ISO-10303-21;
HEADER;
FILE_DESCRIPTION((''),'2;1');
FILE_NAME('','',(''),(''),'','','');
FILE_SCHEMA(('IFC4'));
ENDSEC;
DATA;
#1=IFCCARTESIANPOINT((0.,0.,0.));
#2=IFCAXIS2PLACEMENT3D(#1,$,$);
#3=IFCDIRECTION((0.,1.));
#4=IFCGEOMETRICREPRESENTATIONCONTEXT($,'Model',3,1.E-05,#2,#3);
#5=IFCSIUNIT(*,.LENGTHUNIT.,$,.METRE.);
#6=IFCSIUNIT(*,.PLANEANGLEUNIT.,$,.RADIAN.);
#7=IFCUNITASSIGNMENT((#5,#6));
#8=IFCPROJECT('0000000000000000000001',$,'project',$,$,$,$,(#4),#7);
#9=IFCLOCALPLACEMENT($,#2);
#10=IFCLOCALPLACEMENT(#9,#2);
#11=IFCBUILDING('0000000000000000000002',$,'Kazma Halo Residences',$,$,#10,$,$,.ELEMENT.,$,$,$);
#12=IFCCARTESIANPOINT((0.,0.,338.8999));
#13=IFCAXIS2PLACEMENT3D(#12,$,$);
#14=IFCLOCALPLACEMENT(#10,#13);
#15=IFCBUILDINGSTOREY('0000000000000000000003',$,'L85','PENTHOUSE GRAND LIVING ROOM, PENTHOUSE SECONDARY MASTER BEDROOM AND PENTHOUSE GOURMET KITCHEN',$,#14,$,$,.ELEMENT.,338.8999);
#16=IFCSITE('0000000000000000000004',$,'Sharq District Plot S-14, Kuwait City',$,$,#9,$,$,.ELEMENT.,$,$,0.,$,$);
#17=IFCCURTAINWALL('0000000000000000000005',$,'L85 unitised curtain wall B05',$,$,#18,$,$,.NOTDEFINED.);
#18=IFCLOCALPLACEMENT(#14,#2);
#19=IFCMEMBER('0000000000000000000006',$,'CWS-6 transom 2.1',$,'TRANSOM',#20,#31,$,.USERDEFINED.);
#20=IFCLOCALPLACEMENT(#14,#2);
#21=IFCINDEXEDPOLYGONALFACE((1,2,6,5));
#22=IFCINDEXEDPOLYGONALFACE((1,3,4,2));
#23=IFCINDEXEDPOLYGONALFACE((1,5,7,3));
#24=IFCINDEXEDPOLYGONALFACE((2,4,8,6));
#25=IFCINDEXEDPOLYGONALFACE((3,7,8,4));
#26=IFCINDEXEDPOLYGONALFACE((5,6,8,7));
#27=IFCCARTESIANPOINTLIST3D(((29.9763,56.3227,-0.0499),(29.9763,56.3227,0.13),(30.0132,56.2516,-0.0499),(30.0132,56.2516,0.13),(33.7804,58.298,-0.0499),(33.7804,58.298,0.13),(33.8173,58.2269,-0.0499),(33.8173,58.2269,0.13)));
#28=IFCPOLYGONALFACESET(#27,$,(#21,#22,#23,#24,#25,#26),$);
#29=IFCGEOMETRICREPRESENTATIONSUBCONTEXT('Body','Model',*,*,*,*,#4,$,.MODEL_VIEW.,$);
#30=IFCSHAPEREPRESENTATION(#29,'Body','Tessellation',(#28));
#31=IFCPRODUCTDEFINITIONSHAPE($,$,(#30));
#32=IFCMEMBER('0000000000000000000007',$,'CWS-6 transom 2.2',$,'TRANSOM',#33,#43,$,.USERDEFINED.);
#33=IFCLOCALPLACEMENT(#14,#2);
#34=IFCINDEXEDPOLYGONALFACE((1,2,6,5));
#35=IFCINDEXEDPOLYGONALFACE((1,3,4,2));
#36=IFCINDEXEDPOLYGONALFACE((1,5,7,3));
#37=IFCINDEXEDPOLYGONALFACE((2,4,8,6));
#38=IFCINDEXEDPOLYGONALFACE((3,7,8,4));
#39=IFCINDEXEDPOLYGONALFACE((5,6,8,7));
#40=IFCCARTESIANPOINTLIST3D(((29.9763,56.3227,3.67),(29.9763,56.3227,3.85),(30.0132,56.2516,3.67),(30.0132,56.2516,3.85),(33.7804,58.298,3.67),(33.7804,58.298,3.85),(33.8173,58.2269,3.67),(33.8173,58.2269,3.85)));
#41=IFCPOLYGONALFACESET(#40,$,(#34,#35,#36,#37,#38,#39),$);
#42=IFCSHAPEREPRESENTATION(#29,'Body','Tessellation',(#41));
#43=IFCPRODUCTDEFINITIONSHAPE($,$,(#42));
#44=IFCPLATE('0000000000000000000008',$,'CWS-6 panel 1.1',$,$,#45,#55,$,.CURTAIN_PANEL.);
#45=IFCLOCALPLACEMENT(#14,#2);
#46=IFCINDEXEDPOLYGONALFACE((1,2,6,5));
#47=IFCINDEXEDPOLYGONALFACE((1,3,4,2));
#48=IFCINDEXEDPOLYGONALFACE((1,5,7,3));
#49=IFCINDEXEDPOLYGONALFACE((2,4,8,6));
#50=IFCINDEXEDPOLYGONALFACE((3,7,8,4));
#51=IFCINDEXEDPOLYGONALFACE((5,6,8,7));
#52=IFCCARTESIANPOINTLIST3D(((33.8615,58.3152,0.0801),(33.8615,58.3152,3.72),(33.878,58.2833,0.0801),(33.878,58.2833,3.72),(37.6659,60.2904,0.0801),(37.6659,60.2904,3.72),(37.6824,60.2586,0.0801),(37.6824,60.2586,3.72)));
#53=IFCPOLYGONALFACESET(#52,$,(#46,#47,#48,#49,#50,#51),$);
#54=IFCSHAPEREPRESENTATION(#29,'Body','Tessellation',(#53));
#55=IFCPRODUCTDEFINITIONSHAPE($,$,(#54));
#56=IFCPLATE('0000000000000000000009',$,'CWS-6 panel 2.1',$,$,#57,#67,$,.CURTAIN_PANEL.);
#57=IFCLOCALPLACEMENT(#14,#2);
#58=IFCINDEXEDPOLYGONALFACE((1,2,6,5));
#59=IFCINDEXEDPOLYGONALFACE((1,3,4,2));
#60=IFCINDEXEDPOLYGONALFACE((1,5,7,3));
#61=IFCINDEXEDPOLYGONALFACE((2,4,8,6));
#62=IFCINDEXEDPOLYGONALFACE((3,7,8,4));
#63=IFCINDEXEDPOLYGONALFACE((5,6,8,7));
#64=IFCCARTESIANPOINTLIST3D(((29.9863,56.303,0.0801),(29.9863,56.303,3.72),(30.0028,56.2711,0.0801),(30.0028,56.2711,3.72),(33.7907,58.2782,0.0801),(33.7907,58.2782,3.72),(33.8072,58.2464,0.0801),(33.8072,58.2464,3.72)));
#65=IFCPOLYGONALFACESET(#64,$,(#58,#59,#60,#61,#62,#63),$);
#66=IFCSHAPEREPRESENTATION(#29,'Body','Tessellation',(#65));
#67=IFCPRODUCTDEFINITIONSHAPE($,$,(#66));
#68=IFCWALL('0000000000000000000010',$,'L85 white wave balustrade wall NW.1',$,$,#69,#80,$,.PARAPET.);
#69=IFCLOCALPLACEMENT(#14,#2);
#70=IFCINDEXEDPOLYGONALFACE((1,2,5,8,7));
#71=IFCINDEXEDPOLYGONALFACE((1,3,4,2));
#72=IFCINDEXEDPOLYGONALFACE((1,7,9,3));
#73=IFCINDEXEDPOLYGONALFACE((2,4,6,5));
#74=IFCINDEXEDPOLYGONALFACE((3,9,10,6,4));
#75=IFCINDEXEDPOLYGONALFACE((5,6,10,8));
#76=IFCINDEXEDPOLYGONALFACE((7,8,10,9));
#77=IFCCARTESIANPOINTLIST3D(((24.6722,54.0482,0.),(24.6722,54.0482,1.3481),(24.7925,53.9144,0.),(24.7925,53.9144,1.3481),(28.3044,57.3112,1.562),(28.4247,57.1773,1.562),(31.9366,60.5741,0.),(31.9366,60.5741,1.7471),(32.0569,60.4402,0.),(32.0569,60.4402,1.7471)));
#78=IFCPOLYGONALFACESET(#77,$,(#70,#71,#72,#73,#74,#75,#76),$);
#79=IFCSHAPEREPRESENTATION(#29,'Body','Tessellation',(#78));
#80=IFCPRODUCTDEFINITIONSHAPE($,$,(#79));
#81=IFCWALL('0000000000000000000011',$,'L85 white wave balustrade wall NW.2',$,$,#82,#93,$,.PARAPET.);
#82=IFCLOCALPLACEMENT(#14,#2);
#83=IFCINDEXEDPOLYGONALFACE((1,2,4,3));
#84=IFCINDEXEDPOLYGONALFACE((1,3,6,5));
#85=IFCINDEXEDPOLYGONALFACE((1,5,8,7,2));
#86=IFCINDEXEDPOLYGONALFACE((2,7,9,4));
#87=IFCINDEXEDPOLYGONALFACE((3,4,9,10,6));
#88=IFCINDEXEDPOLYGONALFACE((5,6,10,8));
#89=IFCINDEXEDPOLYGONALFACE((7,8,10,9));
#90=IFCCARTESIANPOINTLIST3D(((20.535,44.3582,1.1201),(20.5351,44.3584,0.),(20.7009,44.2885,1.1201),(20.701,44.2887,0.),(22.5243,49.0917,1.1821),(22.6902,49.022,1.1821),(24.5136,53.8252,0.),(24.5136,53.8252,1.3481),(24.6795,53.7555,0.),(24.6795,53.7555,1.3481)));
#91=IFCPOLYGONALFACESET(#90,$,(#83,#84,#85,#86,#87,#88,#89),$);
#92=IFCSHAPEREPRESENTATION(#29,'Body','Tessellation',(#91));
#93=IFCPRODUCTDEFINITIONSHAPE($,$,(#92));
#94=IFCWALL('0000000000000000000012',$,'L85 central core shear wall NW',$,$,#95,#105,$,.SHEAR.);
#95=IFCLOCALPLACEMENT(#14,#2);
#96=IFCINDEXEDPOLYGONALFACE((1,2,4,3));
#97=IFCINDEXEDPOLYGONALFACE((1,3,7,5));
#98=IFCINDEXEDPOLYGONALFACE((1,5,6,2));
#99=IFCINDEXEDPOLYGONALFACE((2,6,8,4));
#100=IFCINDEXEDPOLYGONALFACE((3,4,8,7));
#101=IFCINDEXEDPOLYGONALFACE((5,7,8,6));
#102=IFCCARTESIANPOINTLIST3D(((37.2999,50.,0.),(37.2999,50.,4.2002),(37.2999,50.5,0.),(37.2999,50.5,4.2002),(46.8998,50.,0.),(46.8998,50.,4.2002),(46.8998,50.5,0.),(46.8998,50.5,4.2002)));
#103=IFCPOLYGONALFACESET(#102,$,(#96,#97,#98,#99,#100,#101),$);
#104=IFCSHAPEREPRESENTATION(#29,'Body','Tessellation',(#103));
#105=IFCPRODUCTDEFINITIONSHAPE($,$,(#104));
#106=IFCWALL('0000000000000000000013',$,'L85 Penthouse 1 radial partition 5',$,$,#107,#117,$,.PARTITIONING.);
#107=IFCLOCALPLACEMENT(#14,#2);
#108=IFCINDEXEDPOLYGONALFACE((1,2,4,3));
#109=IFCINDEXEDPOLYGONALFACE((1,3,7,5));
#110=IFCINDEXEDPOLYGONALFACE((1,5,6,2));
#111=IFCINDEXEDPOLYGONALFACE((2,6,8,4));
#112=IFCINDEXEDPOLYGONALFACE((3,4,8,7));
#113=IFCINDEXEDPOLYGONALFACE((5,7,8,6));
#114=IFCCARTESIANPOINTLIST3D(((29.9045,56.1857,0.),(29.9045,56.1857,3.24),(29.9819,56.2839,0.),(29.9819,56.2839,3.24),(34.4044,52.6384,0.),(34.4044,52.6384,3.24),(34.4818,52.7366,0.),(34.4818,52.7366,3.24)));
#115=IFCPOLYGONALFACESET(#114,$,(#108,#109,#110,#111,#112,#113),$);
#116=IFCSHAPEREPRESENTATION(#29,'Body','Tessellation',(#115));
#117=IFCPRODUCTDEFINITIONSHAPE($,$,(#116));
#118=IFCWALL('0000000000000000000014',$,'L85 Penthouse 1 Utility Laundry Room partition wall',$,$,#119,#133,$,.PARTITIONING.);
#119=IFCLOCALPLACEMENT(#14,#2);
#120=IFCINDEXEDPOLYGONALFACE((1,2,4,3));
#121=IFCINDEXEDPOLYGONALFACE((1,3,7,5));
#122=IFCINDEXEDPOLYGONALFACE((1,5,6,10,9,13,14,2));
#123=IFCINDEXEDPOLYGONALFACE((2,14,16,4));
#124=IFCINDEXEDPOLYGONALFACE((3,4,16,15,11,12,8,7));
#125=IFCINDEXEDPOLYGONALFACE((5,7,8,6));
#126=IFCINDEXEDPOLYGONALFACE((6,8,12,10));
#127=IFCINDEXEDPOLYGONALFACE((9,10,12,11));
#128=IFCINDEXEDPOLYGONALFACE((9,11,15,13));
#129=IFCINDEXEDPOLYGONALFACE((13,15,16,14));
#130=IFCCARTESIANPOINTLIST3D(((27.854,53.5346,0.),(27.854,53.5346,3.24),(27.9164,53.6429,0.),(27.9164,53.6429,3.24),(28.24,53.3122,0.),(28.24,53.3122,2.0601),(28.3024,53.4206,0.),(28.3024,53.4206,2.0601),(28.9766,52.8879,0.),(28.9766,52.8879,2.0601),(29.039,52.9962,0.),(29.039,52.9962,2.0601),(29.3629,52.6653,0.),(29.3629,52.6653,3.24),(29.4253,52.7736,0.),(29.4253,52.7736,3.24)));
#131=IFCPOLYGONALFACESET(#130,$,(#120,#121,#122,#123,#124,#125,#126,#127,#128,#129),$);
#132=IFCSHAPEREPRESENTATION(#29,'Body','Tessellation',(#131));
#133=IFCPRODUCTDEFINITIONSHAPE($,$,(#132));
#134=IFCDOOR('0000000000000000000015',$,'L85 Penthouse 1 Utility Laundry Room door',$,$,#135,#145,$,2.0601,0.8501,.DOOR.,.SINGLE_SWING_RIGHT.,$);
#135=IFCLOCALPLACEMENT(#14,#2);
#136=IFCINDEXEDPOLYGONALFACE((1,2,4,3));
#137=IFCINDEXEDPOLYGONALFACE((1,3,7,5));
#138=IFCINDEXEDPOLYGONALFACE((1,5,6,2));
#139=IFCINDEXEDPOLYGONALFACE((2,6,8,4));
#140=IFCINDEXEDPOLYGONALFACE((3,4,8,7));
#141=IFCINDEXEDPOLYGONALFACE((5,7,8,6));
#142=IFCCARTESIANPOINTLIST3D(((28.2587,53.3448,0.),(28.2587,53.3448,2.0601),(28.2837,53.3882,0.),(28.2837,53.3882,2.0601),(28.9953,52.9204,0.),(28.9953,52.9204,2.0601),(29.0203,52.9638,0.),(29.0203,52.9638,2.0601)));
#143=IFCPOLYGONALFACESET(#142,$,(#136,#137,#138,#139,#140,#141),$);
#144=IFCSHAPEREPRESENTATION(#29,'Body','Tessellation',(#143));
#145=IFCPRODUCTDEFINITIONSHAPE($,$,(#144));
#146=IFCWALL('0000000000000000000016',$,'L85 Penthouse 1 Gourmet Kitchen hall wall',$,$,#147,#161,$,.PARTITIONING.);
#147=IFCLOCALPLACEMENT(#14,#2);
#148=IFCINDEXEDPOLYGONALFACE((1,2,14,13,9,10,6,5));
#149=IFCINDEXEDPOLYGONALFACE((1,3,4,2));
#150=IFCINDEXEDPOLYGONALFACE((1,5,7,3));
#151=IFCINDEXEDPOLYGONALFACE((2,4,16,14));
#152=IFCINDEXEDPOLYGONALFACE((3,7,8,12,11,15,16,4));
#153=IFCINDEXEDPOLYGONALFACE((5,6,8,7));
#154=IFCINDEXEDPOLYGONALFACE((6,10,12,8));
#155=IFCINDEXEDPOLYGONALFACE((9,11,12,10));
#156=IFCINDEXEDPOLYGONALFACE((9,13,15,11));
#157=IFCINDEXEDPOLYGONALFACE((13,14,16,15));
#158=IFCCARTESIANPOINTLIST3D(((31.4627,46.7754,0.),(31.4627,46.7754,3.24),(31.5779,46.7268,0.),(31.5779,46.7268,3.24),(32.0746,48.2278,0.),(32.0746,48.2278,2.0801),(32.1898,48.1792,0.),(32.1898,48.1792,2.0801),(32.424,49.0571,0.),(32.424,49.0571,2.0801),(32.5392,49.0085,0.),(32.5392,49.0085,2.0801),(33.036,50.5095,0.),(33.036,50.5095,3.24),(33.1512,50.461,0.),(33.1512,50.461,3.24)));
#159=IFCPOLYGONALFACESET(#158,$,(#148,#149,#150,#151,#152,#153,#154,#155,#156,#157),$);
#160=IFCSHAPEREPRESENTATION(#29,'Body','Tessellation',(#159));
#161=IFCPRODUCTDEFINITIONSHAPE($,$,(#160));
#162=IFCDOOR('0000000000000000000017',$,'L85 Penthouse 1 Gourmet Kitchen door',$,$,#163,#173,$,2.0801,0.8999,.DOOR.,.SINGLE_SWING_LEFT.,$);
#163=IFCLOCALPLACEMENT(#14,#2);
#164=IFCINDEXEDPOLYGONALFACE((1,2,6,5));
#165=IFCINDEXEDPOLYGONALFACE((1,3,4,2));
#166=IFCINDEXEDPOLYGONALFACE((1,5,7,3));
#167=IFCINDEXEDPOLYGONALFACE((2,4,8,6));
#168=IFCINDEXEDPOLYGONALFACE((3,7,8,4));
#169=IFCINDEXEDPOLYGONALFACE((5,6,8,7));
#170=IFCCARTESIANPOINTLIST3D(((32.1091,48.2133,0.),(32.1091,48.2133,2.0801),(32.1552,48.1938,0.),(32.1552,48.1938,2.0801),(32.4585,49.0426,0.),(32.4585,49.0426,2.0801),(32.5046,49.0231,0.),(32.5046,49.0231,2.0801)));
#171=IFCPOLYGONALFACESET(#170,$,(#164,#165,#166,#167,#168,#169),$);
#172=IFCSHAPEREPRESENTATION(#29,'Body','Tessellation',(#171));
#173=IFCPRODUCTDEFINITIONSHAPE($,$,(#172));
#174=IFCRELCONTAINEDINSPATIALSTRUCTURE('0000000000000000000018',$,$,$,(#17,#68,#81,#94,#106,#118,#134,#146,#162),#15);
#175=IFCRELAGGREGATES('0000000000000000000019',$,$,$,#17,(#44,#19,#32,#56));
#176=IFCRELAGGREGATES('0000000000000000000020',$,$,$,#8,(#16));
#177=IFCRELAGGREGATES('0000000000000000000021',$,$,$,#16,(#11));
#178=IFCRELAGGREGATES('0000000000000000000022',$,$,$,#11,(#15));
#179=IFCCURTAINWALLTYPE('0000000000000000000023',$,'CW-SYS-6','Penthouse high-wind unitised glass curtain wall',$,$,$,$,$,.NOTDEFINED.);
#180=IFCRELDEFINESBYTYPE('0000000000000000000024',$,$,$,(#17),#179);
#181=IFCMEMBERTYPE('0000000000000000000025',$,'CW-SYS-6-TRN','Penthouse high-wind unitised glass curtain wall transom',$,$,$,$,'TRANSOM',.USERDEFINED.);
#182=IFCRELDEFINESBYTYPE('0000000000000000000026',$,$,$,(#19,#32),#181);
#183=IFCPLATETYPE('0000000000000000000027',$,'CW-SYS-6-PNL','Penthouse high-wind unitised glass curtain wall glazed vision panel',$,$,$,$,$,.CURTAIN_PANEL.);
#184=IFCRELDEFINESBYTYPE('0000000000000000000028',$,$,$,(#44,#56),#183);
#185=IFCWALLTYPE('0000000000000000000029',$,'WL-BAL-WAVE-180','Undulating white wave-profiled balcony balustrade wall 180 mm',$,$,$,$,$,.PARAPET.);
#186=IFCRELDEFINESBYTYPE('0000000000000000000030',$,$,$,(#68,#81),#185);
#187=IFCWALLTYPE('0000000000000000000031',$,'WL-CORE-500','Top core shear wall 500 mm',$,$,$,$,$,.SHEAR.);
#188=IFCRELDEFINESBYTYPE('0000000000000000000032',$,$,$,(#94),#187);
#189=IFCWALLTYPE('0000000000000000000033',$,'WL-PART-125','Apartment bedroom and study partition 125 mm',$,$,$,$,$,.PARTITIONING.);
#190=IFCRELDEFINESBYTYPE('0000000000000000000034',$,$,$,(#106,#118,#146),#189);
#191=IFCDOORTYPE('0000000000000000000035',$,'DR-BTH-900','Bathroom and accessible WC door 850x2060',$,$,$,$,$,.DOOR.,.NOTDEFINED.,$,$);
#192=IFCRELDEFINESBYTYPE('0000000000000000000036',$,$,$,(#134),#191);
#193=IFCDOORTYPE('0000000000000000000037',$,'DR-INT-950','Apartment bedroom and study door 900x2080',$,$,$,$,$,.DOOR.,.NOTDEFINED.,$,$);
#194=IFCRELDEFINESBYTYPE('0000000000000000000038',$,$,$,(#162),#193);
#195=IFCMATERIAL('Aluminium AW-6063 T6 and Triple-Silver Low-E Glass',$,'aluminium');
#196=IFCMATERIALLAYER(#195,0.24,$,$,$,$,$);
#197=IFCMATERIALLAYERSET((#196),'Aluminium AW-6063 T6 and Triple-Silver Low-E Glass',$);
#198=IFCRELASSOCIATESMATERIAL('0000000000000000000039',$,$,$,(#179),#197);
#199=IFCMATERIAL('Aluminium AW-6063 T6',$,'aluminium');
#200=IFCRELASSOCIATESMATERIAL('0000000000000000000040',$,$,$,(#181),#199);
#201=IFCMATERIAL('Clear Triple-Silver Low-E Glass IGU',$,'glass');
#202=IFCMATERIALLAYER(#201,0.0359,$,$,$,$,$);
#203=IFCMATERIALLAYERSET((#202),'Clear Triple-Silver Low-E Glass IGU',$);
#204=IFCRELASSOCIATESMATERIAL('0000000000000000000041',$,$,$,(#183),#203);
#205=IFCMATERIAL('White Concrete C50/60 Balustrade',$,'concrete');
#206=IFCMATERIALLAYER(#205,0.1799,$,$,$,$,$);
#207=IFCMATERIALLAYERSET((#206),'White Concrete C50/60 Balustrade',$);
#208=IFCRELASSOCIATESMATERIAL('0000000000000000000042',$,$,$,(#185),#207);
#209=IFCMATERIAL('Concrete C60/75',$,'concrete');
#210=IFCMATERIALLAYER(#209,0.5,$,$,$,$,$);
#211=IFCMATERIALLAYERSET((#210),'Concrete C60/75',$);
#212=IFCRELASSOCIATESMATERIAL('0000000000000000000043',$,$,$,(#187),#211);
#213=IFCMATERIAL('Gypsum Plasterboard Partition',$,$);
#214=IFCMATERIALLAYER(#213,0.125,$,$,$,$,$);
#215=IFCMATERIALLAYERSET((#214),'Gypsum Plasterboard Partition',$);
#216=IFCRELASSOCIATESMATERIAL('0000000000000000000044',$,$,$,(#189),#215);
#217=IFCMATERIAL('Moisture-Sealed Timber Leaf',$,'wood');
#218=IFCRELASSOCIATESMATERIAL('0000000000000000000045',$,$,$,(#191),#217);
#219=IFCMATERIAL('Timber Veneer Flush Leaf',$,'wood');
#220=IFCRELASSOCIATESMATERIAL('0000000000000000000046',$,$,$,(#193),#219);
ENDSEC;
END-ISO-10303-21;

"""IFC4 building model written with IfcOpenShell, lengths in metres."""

from ifc_helpers import new_model, si_unit, direction, frame, frame_2d, origin, origin_2d, place, context, subcontext, project, spatial, polyline, rectangle, outline, extrude, material, layer, layer_set, material_profile, profile_set, type_object, element, fill, aggregate, save


model = new_model("IFC4")

# Units and contexts
model_context = context("Model", 3, precision=1e-05, world=origin(), true_north=direction((0.0, 1.0)))
body_context = subcontext(model_context, "Body", "Model", "MODEL_VIEW")
ifc_project = project(units=[si_unit("LENGTHUNIT", "METRE"), si_unit("PLANEANGLEUNIT", "RADIAN")], contexts=[model_context])

# Site, building, storey
site_placement = place(None, origin())
site = spatial("IfcSite", under=ifc_project, at=site_placement, Name="Sharq District Plot S-14, Kuwait City", CompositionType="ELEMENT", RefElevation=0.0)
building_placement = place(site_placement, origin())
building = spatial("IfcBuilding", under=site, at=building_placement, Name="Kazma Halo Residences", CompositionType="ELEMENT")
storey_placement = place(building_placement, frame((0.0, 0.0, 338.8999)))
storey = spatial("IfcBuildingStorey", under=building, at=storey_placement, Name="L85", Description="PENTHOUSE GRAND LIVING ROOM, PENTHOUSE SECONDARY MASTER BEDROOM AND PENTHOUSE GOURMET KITCHEN", CompositionType="ELEMENT", Elevation=338.8999)

# Shared definitions
ifc_material_1 = material(Name="Concrete C60/75", Category="concrete")

# Curtain wall
ifc_material_2 = material(Name="Aluminium AW-6063 T6 and Triple-Silver Low-E Glass", Category="aluminium")
ifc_layer_1 = layer(ifc_material_2, 0.24)
ifc_layer_set_1 = layer_set([ifc_layer_1], Name="Aluminium AW-6063 T6 and Triple-Silver Low-E Glass")
curtain_wall_type = type_object("IfcCurtainWallType", Name="CW-SYS-6", Description="Penthouse high-wind unitised glass curtain wall", PredefinedType="NOTDEFINED", material=ifc_layer_set_1)
curtain_wall_1_placement = place(storey_placement, origin())
curtain_wall_1 = element("IfcCurtainWall", 1, at=curtain_wall_1_placement, inside=storey, type_object=curtain_wall_type, Name="L85 unitised curtain wall B05", PredefinedType="NOTDEFINED")
ifc_material_3 = material(Name="Aluminium AW-6063 T6", Category="aluminium")

# Members
ifc_material_profile_1 = material_profile(ifc_material_3, rectangle(XDim=0.0801, YDim=0.1799, at=origin_2d()), Name="CWT-80x180")
ifc_profile_set_1 = profile_set([ifc_material_profile_1], Name="Aluminium AW-6063 T6")
member_type_1 = type_object("IfcMemberType", Name="CW-SYS-6-TRN", Description="Penthouse high-wind unitised glass curtain wall transom", ElementType="TRANSOM", PredefinedType="USERDEFINED", material=ifc_profile_set_1)
member_1_placement = place(storey_placement, frame((33.7988, 58.2625, 0.04), z_axis=(-0.887488, -0.460831, 0.0), x_axis=(0.460831, -0.887488, 0.0)))
member_1 = element("IfcMember", 2, at=member_1_placement, type_object=member_type_1, Name="CWS-6 transom 2.1", ObjectType="TRANSOM", PredefinedType="USERDEFINED", context=body_context, shape_type="SweptSolid", body=[
    extrude(rectangle(XDim=0.0801, YDim=0.1799, at=origin_2d()), origin(), (0.0, 0.0, 1.0), 4.2864),
])
member_2_placement = place(storey_placement, frame((33.7988, 58.2625, 3.76), z_axis=(-0.887488, -0.460831, 0.0), x_axis=(0.460831, -0.887488, 0.0)))
member_2 = element("IfcMember", 3, at=member_2_placement, type_object=member_type_1, Name="CWS-6 transom 2.2", ObjectType="TRANSOM", PredefinedType="USERDEFINED", context=body_context, shape_type="SweptSolid", body=[
    extrude(rectangle(XDim=0.0801, YDim=0.1799, at=origin_2d()), origin(), (0.0, 0.0, 1.0), 4.2864),
])

# Plates
ifc_material_4 = material(Name="Clear Triple-Silver Low-E Glass IGU", Category="glass")
ifc_layer_2 = layer(ifc_material_4, 0.0359)
ifc_layer_set_2 = layer_set([ifc_layer_2], Name="Clear Triple-Silver Low-E Glass IGU")
plate_type = type_object("IfcPlateType", Name="CW-SYS-6-PNL", Description="Penthouse high-wind unitised glass curtain wall glazed vision panel", PredefinedType="CURTAIN_PANEL", material=ifc_layer_set_2)
plate_1_placement = place(storey_placement, frame((35.772, 59.2869, 0.0801), z_axis=(0.0, 0.0, 1.0), x_axis=(-0.887506, -0.460796, 0.0)))
plate_1 = element("IfcPlate", 4, at=plate_1_placement, type_object=plate_type, Name="CWS-6 panel 1.1", PredefinedType="CURTAIN_PANEL", context=body_context, shape_type="SweptSolid", body=[
    extrude(rectangle(XDim=4.2866, YDim=0.0359, at=origin_2d()), origin(), (0.0, 0.0, 1.0), 3.6399),
])
plate_2_placement = place(storey_placement, frame((31.8967, 57.2747, 0.0801), z_axis=(0.0, 0.0, 1.0), x_axis=(-0.887506, -0.460796, 0.0)))
plate_2 = element("IfcPlate", 5, at=plate_2_placement, type_object=plate_type, Name="CWS-6 panel 2.1", PredefinedType="CURTAIN_PANEL", context=body_context, shape_type="SweptSolid", body=[
    extrude(rectangle(XDim=4.2866, YDim=0.0359, at=origin_2d()), origin(), (0.0, 0.0, 1.0), 3.6399),
])
aggregate(curtain_wall_1, [plate_1, member_1, member_2, plate_2])

# Walls
ifc_material_5 = material(Name="White Concrete C50/60 Balustrade", Category="concrete")
ifc_layer_3 = layer(ifc_material_5, 0.1799)
ifc_layer_set_3 = layer_set([ifc_layer_3], Name="White Concrete C50/60 Balustrade")
wall_type_1 = type_object("IfcWallType", Name="WL-BAL-WAVE-180", Description="Undulating white wave-profiled balcony balustrade wall 180 mm", PredefinedType="PARAPET", material=ifc_layer_set_3)
wall_1_placement = place(storey_placement, frame((31.9968, 60.5071, 0.0), z_axis=(0.0, 0.0, 1.0), x_axis=(-0.743909, -0.668281, 0.0)))
element("IfcWall", 6, at=wall_1_placement, inside=storey, type_object=wall_type_1, Name="L85 white wave balustrade wall NW.1", PredefinedType="PARAPET", context=body_context, shape_type="SweptSolid", body=[
    extrude(outline(polyline([(0.0, 0.0), (9.7651, 0.0), (9.7651, 1.3481), (4.8826, 1.562), (0.0, 1.7471), (0.0, 0.0)])), frame((0.0, 0.0898, 0.0), z_axis=(0.0, -1.0, 0.0), x_axis=(1.0, 0.0, 0.0)), (0.0, 0.0, 1.0), 0.1799),
])
wall_2_placement = place(storey_placement, frame((24.5967, 53.7903, 0.0), z_axis=(0.0, 0.0, 1.0), x_axis=(-0.387436, -0.921897, 0.0)))
element("IfcWall", 7, at=wall_2_placement, inside=storey, type_object=wall_type_1, Name="L85 white wave balustrade wall NW.2", PredefinedType="PARAPET", context=body_context, shape_type="SweptSolid", body=[
    extrude(outline(polyline([(0.0, 0.0), (10.2688, 0.0), (10.269, 1.1201), (5.1345, 1.1821), (0.0, 1.3481), (0.0, 0.0)])), frame((0.0, 0.0898, 0.0), z_axis=(0.0, -1.0, 0.0), x_axis=(1.0, 0.0, 0.0)), (0.0, 0.0, 1.0), 0.1799),
])
ifc_layer_4 = layer(ifc_material_1, 0.5)
ifc_layer_set_4 = layer_set([ifc_layer_4], Name="Concrete C60/75")
wall_type_2 = type_object("IfcWallType", Name="WL-CORE-500", Description="Top core shear wall 500 mm", PredefinedType="SHEAR", material=ifc_layer_set_4)
wall_3_placement = place(storey_placement, frame((37.3, 50.25, 0.0), z_axis=(0.0, 0.0, 1.0), x_axis=(1.0, 0.0, 0.0)))
element("IfcWall", 8, at=wall_3_placement, inside=storey, type_object=wall_type_2, Name="L85 central core shear wall NW", PredefinedType="SHEAR", context=body_context, shape_type="SweptSolid", body=[
    extrude(rectangle(XDim=9.5999, YDim=0.5, at=frame_2d((4.7998, 0.0))), origin(), (0.0, 0.0, 1.0), 4.2002),
])

# Wall
ifc_material_6 = material(Name="Gypsum Plasterboard Partition")
ifc_layer_5 = layer(ifc_material_6, 0.125)
ifc_layer_set_5 = layer_set([ifc_layer_5], Name="Gypsum Plasterboard Partition")
wall_type_3 = type_object("IfcWallType", Name="WL-PART-125", Description="Apartment bedroom and study partition 125 mm", PredefinedType="PARTITIONING", material=ifc_layer_set_5)
wall_4_placement = place(storey_placement, frame((34.4431, 52.6875, 0.0), z_axis=(0.0, 0.0, 1.0), x_axis=(-0.78533, 0.619078, 0.0)))
element("IfcWall", 9, at=wall_4_placement, inside=storey, type_object=wall_type_3, Name="L85 Penthouse 1 radial partition 5", PredefinedType="PARTITIONING", context=body_context, shape_type="SweptSolid", body=[
    extrude(rectangle(XDim=5.73, YDim=0.125, at=frame_2d((2.865, 0.0))), origin(), (0.0, 0.0, 1.0), 3.24),
])

# Walls, openings, doors
wall_5_placement = place(storey_placement, frame((29.394, 52.7195, 0.0), z_axis=(0.0, 0.0, 1.0), x_axis=(-0.866486, 0.499201, 0.0)))
wall_5 = element("IfcWall", 10, at=wall_5_placement, inside=storey, type_object=wall_type_3, Name="L85 Penthouse 1 Utility Laundry Room partition wall", PredefinedType="PARTITIONING", context=body_context, shape_type="SweptSolid", body=[
    extrude(rectangle(XDim=1.7415, YDim=0.125, at=frame_2d((0.8706, 0.0))), origin(), (0.0, 0.0, 1.0), 3.24),
])
opening_1_placement = place(wall_5_placement, frame((0.4458, 0.0, 0.0)))
opening_1 = element("IfcOpeningElement", 11, at=opening_1_placement, cuts=wall_5, PredefinedType="OPENING", context=body_context, shape_type="SweptSolid", body=[
    extrude(rectangle(XDim=0.8501, YDim=2.0601, at=frame_2d((0.425, 1.03))), frame((0.0, 0.0725, 0.0), z_axis=(0.0, -1.0, 0.0), x_axis=(1.0, 0.0, 0.0)), (0.0, 0.0, 1.0), 0.145),
])
ifc_material_7 = material(Name="Moisture-Sealed Timber Leaf", Category="wood")
door_type_1 = type_object("IfcDoorType", Name="DR-BTH-900", Description="Bathroom and accessible WC door 850x2060", OperationType="NOTDEFINED", PredefinedType="DOOR", material=ifc_material_7)
door_1_placement = place(opening_1_placement, origin())
door_1 = element("IfcDoor", 12, at=door_1_placement, inside=storey, type_object=door_type_1, Name="L85 Penthouse 1 Utility Laundry Room door", OperationType="SINGLE_SWING_RIGHT", OverallHeight=2.0601, OverallWidth=0.8501, PredefinedType="DOOR", context=body_context, shape_type="SweptSolid", body=[
    extrude(rectangle(XDim=0.8501, YDim=2.0601, at=frame_2d((0.425, 1.03))), frame((0.0, 0.0249, 0.0), z_axis=(0.0, -1.0, 0.0), x_axis=(1.0, 0.0, 0.0)), (0.0, 0.0, 1.0), 0.05),
])
fill(opening_1, door_1)
wall_6_placement = place(storey_placement, frame((33.0935, 50.4851, 0.0), z_axis=(0.0, 0.0, 1.0), x_axis=(-0.388262, -0.921549, 0.0)))
wall_6 = element("IfcWall", 13, at=wall_6_placement, inside=storey, type_object=wall_type_3, Name="L85 Penthouse 1 Gourmet Kitchen hall wall", PredefinedType="PARTITIONING", context=body_context, shape_type="SweptSolid", body=[
    extrude(rectangle(XDim=4.052, YDim=0.125, at=frame_2d((2.0259, 0.0))), origin(), (0.0, 0.0, 1.0), 3.24),
])
opening_2_placement = place(wall_6_placement, frame((1.5759, 0.0, 0.0)))
opening_2 = element("IfcOpeningElement", 14, at=opening_2_placement, cuts=wall_6, PredefinedType="OPENING", context=body_context, shape_type="SweptSolid", body=[
    extrude(rectangle(XDim=0.8999, YDim=2.0801, at=frame_2d((0.45, 1.04))), frame((0.0, 0.0725, 0.0), z_axis=(0.0, -1.0, 0.0), x_axis=(1.0, 0.0, 0.0)), (0.0, 0.0, 1.0), 0.145),
])
ifc_material_8 = material(Name="Timber Veneer Flush Leaf", Category="wood")
door_type_2 = type_object("IfcDoorType", Name="DR-INT-950", Description="Apartment bedroom and study door 900x2080", OperationType="NOTDEFINED", PredefinedType="DOOR", material=ifc_material_8)
door_2_placement = place(opening_2_placement, origin())
door_2 = element("IfcDoor", 15, at=door_2_placement, inside=storey, type_object=door_type_2, Name="L85 Penthouse 1 Gourmet Kitchen door", OperationType="SINGLE_SWING_LEFT", OverallHeight=2.0801, OverallWidth=0.8999, PredefinedType="DOOR", context=body_context, shape_type="SweptSolid", body=[
    extrude(rectangle(XDim=0.8999, YDim=2.0801, at=frame_2d((0.45, 1.04))), frame((0.0, 0.0249, 0.0), z_axis=(0.0, -1.0, 0.0), x_axis=(1.0, 0.0, 0.0)), (0.0, 0.0, 1.0), 0.05),
])
fill(opening_2, door_2)

save(model, "model.ifc")
